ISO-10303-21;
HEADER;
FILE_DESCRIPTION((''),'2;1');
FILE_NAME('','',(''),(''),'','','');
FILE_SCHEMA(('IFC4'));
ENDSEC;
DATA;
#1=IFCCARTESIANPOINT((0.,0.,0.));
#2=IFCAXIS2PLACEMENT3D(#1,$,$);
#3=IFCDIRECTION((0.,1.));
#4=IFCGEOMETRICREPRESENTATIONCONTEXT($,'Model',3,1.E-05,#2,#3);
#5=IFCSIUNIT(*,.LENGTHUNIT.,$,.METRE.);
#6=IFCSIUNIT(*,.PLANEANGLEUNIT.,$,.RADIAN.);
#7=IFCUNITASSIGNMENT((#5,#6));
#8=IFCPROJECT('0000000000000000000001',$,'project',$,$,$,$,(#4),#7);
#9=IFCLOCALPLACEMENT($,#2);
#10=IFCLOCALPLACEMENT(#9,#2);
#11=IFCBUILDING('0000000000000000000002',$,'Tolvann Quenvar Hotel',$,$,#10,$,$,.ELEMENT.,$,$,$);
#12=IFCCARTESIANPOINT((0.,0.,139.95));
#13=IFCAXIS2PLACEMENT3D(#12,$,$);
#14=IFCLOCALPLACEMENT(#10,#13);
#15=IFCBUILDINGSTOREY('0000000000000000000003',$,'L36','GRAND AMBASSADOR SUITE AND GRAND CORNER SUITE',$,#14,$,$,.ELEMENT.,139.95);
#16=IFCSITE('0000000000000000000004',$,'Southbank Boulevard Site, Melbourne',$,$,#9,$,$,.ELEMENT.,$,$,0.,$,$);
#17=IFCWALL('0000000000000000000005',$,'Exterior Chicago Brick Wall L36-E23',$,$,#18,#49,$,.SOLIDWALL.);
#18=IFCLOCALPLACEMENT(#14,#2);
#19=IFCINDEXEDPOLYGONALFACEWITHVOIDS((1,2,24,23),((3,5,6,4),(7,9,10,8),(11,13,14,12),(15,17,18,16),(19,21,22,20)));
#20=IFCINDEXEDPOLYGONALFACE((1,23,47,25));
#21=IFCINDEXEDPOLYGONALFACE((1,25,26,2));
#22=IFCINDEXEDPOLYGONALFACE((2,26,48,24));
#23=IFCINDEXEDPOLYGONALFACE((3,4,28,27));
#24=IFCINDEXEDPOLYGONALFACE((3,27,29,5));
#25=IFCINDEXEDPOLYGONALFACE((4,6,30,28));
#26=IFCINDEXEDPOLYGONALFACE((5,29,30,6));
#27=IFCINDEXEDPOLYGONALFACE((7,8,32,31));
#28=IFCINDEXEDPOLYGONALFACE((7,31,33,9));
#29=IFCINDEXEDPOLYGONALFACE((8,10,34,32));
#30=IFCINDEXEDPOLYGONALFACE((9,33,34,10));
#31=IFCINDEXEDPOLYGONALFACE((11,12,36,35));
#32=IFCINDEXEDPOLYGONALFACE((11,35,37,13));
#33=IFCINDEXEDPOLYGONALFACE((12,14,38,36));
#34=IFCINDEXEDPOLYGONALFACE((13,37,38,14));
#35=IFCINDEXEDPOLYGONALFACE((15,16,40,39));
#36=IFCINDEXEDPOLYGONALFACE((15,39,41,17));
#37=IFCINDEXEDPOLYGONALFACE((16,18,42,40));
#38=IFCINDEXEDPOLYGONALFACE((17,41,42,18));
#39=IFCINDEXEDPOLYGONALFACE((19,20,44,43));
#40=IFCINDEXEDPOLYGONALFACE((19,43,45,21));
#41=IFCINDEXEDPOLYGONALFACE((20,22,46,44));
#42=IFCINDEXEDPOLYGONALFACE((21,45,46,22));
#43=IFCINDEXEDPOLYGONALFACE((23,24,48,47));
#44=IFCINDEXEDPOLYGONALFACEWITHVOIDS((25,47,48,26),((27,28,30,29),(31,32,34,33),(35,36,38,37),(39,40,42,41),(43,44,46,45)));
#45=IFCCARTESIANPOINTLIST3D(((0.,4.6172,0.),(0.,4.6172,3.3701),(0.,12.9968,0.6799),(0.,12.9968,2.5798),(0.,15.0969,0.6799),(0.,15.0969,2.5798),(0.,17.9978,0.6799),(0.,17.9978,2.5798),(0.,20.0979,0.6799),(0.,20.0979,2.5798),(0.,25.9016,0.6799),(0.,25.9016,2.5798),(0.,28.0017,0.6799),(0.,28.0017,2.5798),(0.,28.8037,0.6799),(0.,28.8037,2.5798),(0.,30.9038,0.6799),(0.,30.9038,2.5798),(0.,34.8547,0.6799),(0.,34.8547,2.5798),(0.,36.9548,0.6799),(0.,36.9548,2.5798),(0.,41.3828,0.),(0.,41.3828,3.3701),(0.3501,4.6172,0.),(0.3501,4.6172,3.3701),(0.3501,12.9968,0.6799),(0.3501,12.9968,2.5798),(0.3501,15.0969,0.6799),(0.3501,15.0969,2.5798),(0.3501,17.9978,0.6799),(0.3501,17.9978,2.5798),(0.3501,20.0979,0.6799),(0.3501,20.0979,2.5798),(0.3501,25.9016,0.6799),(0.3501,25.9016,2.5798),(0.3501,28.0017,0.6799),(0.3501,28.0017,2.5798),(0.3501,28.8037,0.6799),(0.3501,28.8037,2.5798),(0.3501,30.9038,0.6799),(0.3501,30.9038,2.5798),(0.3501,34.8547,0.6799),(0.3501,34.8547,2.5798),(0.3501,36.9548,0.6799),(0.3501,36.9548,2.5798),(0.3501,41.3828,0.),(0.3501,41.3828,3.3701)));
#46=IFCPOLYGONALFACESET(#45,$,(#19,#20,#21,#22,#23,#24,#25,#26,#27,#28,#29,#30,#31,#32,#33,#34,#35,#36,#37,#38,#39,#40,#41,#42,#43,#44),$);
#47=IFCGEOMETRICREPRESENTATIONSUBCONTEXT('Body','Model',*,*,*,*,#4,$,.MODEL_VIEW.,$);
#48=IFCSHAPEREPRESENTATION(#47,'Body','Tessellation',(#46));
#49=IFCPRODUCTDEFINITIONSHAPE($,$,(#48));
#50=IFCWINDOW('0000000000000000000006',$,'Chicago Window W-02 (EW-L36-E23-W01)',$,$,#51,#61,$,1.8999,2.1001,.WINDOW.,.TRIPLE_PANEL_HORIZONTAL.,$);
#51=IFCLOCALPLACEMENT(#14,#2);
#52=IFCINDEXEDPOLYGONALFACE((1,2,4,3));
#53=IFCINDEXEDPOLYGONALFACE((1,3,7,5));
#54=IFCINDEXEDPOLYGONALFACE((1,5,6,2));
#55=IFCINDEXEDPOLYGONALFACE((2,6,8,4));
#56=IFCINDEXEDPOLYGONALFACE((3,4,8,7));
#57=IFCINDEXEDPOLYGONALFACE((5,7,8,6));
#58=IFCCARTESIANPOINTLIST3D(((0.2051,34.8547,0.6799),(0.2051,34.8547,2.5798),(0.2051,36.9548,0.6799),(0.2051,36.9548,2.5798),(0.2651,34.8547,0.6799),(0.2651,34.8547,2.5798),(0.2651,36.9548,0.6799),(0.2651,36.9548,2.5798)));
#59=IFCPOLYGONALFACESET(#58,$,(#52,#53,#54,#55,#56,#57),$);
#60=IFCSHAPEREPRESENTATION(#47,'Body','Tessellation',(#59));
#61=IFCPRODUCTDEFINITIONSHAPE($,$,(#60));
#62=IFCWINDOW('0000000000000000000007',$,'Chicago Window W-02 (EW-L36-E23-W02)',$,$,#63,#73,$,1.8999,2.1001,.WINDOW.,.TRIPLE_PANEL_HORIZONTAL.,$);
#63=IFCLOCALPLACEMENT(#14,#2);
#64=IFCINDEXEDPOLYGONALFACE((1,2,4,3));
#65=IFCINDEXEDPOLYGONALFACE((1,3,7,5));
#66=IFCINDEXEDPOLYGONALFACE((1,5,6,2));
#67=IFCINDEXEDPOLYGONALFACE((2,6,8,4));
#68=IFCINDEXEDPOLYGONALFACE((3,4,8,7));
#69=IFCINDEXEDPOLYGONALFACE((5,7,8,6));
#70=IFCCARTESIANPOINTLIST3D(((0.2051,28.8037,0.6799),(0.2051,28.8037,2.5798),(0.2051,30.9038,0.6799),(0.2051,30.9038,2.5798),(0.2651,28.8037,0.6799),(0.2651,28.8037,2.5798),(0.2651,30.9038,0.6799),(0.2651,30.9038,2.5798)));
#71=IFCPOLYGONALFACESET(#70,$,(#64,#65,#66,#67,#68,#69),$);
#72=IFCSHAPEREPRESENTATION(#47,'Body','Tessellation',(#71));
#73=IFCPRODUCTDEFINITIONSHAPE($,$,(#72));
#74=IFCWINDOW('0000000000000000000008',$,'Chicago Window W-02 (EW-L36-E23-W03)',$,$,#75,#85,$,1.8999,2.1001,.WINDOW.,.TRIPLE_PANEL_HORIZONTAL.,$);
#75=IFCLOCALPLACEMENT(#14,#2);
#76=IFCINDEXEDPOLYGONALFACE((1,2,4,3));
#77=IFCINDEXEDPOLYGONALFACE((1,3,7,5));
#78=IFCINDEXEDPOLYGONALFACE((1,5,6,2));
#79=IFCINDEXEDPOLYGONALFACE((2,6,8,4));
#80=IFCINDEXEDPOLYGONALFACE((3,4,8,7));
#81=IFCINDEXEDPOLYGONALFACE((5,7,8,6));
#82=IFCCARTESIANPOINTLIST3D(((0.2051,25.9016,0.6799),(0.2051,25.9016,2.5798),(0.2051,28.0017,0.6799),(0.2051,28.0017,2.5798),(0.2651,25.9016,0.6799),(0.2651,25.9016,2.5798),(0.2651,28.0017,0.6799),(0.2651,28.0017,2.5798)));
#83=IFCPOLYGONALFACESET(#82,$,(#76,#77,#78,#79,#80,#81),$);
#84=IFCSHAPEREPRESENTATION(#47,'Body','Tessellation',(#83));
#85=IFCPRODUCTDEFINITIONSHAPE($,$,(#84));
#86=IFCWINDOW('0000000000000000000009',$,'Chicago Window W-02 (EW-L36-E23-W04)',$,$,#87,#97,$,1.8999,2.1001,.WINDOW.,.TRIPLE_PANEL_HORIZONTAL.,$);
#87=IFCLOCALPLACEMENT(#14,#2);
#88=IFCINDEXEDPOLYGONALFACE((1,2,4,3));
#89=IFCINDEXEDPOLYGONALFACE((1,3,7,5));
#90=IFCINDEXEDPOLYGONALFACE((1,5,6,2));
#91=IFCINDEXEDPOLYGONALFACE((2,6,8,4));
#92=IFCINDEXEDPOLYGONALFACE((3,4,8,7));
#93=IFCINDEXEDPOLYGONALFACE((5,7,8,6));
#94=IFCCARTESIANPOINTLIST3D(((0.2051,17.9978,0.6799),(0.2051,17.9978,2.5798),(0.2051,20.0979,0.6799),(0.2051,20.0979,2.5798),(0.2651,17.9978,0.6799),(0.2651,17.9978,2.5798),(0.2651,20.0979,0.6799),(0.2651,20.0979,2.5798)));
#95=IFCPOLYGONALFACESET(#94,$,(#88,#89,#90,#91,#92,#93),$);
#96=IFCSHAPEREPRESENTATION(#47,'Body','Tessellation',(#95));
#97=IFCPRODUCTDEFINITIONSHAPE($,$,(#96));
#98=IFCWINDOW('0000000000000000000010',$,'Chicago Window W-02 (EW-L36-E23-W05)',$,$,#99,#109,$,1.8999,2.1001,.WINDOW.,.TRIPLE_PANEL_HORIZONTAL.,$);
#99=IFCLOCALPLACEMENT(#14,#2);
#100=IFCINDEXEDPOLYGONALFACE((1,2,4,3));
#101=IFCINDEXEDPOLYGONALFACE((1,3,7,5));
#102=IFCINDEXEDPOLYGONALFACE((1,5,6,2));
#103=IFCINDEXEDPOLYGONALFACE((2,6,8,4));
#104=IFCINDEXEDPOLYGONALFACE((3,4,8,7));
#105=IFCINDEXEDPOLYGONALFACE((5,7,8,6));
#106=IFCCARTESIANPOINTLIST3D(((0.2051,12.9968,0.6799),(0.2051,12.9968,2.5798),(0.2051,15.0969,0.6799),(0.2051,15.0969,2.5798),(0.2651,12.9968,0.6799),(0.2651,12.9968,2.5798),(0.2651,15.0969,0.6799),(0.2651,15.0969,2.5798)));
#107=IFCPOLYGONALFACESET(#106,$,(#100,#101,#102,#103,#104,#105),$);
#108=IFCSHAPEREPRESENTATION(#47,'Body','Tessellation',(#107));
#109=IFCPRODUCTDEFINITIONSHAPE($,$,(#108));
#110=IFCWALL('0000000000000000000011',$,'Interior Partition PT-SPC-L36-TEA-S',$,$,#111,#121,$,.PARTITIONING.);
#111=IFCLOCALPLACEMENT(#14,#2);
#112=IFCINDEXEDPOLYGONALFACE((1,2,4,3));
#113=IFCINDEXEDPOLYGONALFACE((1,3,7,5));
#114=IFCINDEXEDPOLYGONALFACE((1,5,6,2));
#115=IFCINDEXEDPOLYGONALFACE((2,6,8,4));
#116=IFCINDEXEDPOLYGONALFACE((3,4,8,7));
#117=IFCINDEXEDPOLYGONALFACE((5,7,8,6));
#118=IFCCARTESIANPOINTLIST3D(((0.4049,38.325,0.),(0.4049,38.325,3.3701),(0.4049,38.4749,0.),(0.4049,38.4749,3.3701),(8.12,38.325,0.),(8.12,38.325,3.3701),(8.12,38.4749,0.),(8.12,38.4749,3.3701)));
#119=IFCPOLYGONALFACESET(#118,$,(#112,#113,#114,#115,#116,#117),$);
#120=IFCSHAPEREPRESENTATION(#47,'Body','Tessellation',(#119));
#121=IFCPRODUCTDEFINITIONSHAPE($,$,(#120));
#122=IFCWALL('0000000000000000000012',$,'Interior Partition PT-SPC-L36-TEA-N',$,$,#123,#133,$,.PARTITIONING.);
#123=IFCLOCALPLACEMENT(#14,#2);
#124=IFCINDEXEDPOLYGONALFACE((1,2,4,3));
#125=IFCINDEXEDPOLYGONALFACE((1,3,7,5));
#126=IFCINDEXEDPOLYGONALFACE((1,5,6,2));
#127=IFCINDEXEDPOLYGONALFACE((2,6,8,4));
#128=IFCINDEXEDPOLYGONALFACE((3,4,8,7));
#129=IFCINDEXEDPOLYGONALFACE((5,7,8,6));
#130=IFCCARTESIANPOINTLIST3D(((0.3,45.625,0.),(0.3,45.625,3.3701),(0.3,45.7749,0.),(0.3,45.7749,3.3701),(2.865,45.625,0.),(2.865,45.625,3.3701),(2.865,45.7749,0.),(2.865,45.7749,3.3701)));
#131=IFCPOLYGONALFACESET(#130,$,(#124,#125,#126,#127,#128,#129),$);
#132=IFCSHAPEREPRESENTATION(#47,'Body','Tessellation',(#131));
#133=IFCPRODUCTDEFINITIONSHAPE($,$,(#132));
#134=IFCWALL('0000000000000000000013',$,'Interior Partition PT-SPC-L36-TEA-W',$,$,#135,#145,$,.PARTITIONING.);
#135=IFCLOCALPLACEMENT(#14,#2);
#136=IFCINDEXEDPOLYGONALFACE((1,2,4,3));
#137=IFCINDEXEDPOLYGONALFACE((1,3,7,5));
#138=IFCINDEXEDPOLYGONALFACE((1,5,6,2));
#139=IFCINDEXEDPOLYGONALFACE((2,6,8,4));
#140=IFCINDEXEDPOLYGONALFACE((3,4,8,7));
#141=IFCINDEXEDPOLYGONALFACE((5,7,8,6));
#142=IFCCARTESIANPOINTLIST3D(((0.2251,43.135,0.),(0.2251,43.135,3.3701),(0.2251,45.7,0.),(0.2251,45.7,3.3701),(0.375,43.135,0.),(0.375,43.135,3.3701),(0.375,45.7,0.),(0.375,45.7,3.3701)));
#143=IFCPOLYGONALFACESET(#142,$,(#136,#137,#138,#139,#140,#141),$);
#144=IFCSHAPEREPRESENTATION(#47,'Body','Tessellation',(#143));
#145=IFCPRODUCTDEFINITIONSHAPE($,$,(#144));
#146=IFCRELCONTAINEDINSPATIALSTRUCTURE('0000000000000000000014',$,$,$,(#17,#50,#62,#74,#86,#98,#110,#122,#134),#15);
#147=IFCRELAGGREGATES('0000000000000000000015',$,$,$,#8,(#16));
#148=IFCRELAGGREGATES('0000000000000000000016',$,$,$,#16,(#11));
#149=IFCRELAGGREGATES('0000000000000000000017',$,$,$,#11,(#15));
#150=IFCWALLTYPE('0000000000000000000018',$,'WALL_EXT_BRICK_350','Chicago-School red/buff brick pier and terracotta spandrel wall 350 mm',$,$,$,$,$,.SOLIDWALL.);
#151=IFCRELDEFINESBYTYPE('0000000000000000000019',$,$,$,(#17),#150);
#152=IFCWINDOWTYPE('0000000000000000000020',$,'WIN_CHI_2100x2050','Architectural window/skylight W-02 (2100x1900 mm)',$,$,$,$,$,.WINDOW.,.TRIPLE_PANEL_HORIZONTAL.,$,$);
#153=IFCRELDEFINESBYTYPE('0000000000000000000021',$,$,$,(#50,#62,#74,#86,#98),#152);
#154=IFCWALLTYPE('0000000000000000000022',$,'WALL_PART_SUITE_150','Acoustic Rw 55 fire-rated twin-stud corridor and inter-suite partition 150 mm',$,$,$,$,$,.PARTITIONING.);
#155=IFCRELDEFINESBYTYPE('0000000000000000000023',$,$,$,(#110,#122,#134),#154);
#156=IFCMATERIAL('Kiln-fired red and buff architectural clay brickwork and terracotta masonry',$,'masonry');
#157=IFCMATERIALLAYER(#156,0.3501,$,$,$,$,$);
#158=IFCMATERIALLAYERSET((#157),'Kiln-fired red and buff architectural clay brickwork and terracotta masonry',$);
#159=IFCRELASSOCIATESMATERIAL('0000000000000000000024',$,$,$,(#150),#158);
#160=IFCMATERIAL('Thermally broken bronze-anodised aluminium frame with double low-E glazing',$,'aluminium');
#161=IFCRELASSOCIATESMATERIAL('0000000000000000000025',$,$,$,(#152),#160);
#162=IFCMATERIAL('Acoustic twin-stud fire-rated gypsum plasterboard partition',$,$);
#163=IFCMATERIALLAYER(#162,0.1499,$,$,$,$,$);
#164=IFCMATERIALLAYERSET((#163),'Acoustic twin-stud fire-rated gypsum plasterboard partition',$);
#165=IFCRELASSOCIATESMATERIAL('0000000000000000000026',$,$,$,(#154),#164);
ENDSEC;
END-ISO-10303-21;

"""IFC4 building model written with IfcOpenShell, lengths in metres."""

from ifc_helpers import new_model, si_unit, direction, frame, frame_2d, origin, place, context, subcontext, project, spatial, rectangle, extrude, source, transform, mapped, material, layer, layer_set, type_object, type_shapes, element, fill, save


model = new_model("IFC4")

# Units and contexts
model_context = context("Model", 3, precision=1e-05, world=origin(), true_north=direction((0.0, 1.0)))
body_context = subcontext(model_context, "Body", "Model", "MODEL_VIEW")
ifc_project = project(units=[si_unit("LENGTHUNIT", "METRE"), si_unit("PLANEANGLEUNIT", "RADIAN")], contexts=[model_context])

# Site, building, storey
site_placement = place(None, origin())
site = spatial("IfcSite", under=ifc_project, at=site_placement, Name="Southbank Boulevard Site, Melbourne", CompositionType="ELEMENT", RefElevation=0.0)
building_placement = place(site_placement, origin())
building = spatial("IfcBuilding", under=site, at=building_placement, Name="Tolvann Quenvar Hotel", CompositionType="ELEMENT")
storey_placement = place(building_placement, frame((0.0, 0.0, 139.95)))
storey = spatial("IfcBuildingStorey", under=building, at=storey_placement, Name="L36", Description="GRAND AMBASSADOR SUITE AND GRAND CORNER SUITE", CompositionType="ELEMENT", Elevation=139.95)

# Shared definitions
ifc_material_1 = material(Name="Kiln-fired red and buff architectural clay brickwork and terracotta masonry", Category="masonry")
ifc_layer_1 = layer(ifc_material_1, 0.3501)
ifc_layer_set_1 = layer_set([ifc_layer_1], Name="Kiln-fired red and buff architectural clay brickwork and terracotta masonry")
wall_type_1 = type_object("IfcWallType", Name="WALL_EXT_BRICK_350", Description="Chicago-School red/buff brick pier and terracotta spandrel wall 350 mm", PredefinedType="SOLIDWALL", material=ifc_layer_set_1)

# Wall, openings, windows
wall_1_placement = place(storey_placement, frame((0.175, 41.3828, 0.0), z_axis=(0.0, 0.0, 1.0), x_axis=(0.0, -1.0, 0.0)))
wall_1 = element("IfcWall", 1, at=wall_1_placement, inside=storey, type_object=wall_type_1, Name="Exterior Chicago Brick Wall L36-E23", PredefinedType="SOLIDWALL", context=body_context, shape_type="SweptSolid", body=[
    extrude(rectangle(XDim=36.7656, YDim=0.3501, at=frame_2d((18.3828, 0.0))), origin(), (0.0, 0.0, 1.0), 3.3701),
])
opening_1_placement = place(wall_1_placement, frame((4.428, 0.0, 0.6799)))
opening_1 = element("IfcOpeningElement", 2, at=opening_1_placement, cuts=wall_1, PredefinedType="OPENING", context=body_context, shape_type="SweptSolid", body=[
    extrude(rectangle(XDim=2.1001, YDim=1.8999, at=frame_2d((1.05, 0.95))), frame((0.0, 0.1851, 0.0), z_axis=(0.0, -1.0, 0.0), x_axis=(1.0, 0.0, 0.0)), (0.0, 0.0, 1.0), 0.3701),
])
opening_2_placement = place(wall_1_placement, frame((10.479, 0.0, 0.6799)))
opening_2 = element("IfcOpeningElement", 3, at=opening_2_placement, cuts=wall_1, PredefinedType="OPENING", context=body_context, shape_type="SweptSolid", body=[
    extrude(rectangle(XDim=2.1001, YDim=1.8999, at=frame_2d((1.05, 0.95))), frame((0.0, 0.1851, 0.0), z_axis=(0.0, -1.0, 0.0), x_axis=(1.0, 0.0, 0.0)), (0.0, 0.0, 1.0), 0.3701),
])
opening_3_placement = place(wall_1_placement, frame((13.3811, 0.0, 0.6799)))
opening_3 = element("IfcOpeningElement", 4, at=opening_3_placement, cuts=wall_1, PredefinedType="OPENING", context=body_context, shape_type="SweptSolid", body=[
    extrude(rectangle(XDim=2.1001, YDim=1.8999, at=frame_2d((1.05, 0.95))), frame((0.0, 0.1851, 0.0), z_axis=(0.0, -1.0, 0.0), x_axis=(1.0, 0.0, 0.0)), (0.0, 0.0, 1.0), 0.3701),
])
opening_4_placement = place(wall_1_placement, frame((21.2849, 0.0, 0.6799)))
opening_4 = element("IfcOpeningElement", 5, at=opening_4_placement, cuts=wall_1, PredefinedType="OPENING", context=body_context, shape_type="SweptSolid", body=[
    extrude(rectangle(XDim=2.1001, YDim=1.8999, at=frame_2d((1.05, 0.95))), frame((0.0, 0.1851, 0.0), z_axis=(0.0, -1.0, 0.0), x_axis=(1.0, 0.0, 0.0)), (0.0, 0.0, 1.0), 0.3701),
])
opening_5_placement = place(wall_1_placement, frame((26.2859, 0.0, 0.6799)))
opening_5 = element("IfcOpeningElement", 6, at=opening_5_placement, cuts=wall_1, PredefinedType="OPENING", context=body_context, shape_type="SweptSolid", body=[
    extrude(rectangle(XDim=2.1001, YDim=1.8999, at=frame_2d((1.05, 0.95))), frame((0.0, 0.1851, 0.0), z_axis=(0.0, -1.0, 0.0), x_axis=(1.0, 0.0, 0.0)), (0.0, 0.0, 1.0), 0.3701),
])
ifc_material_2 = material(Name="Thermally broken bronze-anodised aluminium frame with double low-E glazing", Category="aluminium")
window_type = type_object("IfcWindowType", Name="WIN_CHI_2100x2050", Description="Architectural window/skylight W-02 (2100x1900 mm)", PartitioningType="TRIPLE_PANEL_HORIZONTAL", PredefinedType="WINDOW", material=ifc_material_2)
shared_shape_1 = source(origin(), body_context, "Body", "SweptSolid", [
    extrude(rectangle(XDim=2.1001, YDim=1.8999, at=frame_2d((1.05, 0.95))), frame((0.0, 0.0901, 0.0), z_axis=(0.0, -1.0, 0.0), x_axis=(1.0, 0.0, 0.0)), (0.0, 0.0, 1.0), 0.0601),
])
type_shapes(window_type, [shared_shape_1])
window_1_placement = place(opening_1_placement, origin())
window_1 = element("IfcWindow", 7, at=window_1_placement, inside=storey, type_object=window_type, Name="Chicago Window W-02 (EW-L36-E23-W01)", OverallHeight=1.8999, OverallWidth=2.1001, PartitioningType="TRIPLE_PANEL_HORIZONTAL", PredefinedType="WINDOW", context=body_context, shape_type="MappedRepresentation", body=[
    mapped(shared_shape_1, transform((0.0, 0.0, 0.0), x_axis=(1.0, 0.0, 0.0), y_axis=(0.0, 1.0, 0.0), z_axis=(0.0, 0.0, 1.0), scale=1.0)),
])
fill(opening_1, window_1)
window_2_placement = place(opening_2_placement, origin())
window_2 = element("IfcWindow", 8, at=window_2_placement, inside=storey, type_object=window_type, Name="Chicago Window W-02 (EW-L36-E23-W02)", OverallHeight=1.8999, OverallWidth=2.1001, PartitioningType="TRIPLE_PANEL_HORIZONTAL", PredefinedType="WINDOW", context=body_context, shape_type="MappedRepresentation", body=[
    mapped(shared_shape_1, transform((0.0, 0.0, 0.0), x_axis=(1.0, 0.0, 0.0), y_axis=(0.0, 1.0, 0.0), z_axis=(0.0, 0.0, 1.0), scale=1.0)),
])
fill(opening_2, window_2)
window_3_placement = place(opening_3_placement, origin())
window_3 = element("IfcWindow", 9, at=window_3_placement, inside=storey, type_object=window_type, Name="Chicago Window W-02 (EW-L36-E23-W03)", OverallHeight=1.8999, OverallWidth=2.1001, PartitioningType="TRIPLE_PANEL_HORIZONTAL", PredefinedType="WINDOW", context=body_context, shape_type="MappedRepresentation", body=[
    mapped(shared_shape_1, transform((0.0, 0.0, 0.0), x_axis=(1.0, 0.0, 0.0), y_axis=(0.0, 1.0, 0.0), z_axis=(0.0, 0.0, 1.0), scale=1.0)),
])
fill(opening_3, window_3)
window_4_placement = place(opening_4_placement, origin())
window_4 = element("IfcWindow", 10, at=window_4_placement, inside=storey, type_object=window_type, Name="Chicago Window W-02 (EW-L36-E23-W04)", OverallHeight=1.8999, OverallWidth=2.1001, PartitioningType="TRIPLE_PANEL_HORIZONTAL", PredefinedType="WINDOW", context=body_context, shape_type="MappedRepresentation", body=[
    mapped(shared_shape_1, transform((0.0, 0.0, 0.0), x_axis=(1.0, 0.0, 0.0), y_axis=(0.0, 1.0, 0.0), z_axis=(0.0, 0.0, 1.0), scale=1.0)),
])
fill(opening_4, window_4)
window_5_placement = place(opening_5_placement, origin())
window_5 = element("IfcWindow", 11, at=window_5_placement, inside=storey, type_object=window_type, Name="Chicago Window W-02 (EW-L36-E23-W05)", OverallHeight=1.8999, OverallWidth=2.1001, PartitioningType="TRIPLE_PANEL_HORIZONTAL", PredefinedType="WINDOW", context=body_context, shape_type="MappedRepresentation", body=[
    mapped(shared_shape_1, transform((0.0, 0.0, 0.0), x_axis=(1.0, 0.0, 0.0), y_axis=(0.0, 1.0, 0.0), z_axis=(0.0, 0.0, 1.0), scale=1.0)),
])
fill(opening_5, window_5)

# Walls
ifc_material_3 = material(Name="Acoustic twin-stud fire-rated gypsum plasterboard partition")
ifc_layer_2 = layer(ifc_material_3, 0.1499)
ifc_layer_set_2 = layer_set([ifc_layer_2], Name="Acoustic twin-stud fire-rated gypsum plasterboard partition")
wall_type_2 = type_object("IfcWallType", Name="WALL_PART_SUITE_150", Description="Acoustic Rw 55 fire-rated twin-stud corridor and inter-suite partition 150 mm", PredefinedType="PARTITIONING", material=ifc_layer_set_2)
wall_2_placement = place(storey_placement, frame((0.405, 38.3999, 0.0), z_axis=(0.0, 0.0, 1.0), x_axis=(1.0, 0.0, 0.0)))
element("IfcWall", 12, at=wall_2_placement, inside=storey, type_object=wall_type_2, Name="Interior Partition PT-SPC-L36-TEA-S", PredefinedType="PARTITIONING", context=body_context, shape_type="SweptSolid", body=[
    extrude(rectangle(XDim=7.7151, YDim=0.1499, at=frame_2d((3.8574, 0.0))), origin(), (0.0, 0.0, 1.0), 3.3701),
])
for number, where, z_axis, x_axis, name in (
    (13, (0.3, 45.7, 0.0), (0.0, 0.0, 1.0), (1.0, 0.0, 0.0), "Interior Partition PT-SPC-L36-TEA-N"),
    (14, (0.3, 43.135, 0.0), (0.0, 0.0, 1.0), (0.0, 1.0, 0.0), "Interior Partition PT-SPC-L36-TEA-W"),
):
    element("IfcWall", number, at=place(storey_placement, frame(where, z_axis=z_axis, x_axis=x_axis)), inside=storey, type_object=wall_type_2, Name=name, PredefinedType="PARTITIONING", context=body_context, shape_type="SweptSolid", body=[
        extrude(rectangle(XDim=2.5649, YDim=0.1499, at=frame_2d((1.2825, 0.0))), origin(), (0.0, 0.0, 1.0), 3.3701),
    ])

save(model, "model.ifc")
